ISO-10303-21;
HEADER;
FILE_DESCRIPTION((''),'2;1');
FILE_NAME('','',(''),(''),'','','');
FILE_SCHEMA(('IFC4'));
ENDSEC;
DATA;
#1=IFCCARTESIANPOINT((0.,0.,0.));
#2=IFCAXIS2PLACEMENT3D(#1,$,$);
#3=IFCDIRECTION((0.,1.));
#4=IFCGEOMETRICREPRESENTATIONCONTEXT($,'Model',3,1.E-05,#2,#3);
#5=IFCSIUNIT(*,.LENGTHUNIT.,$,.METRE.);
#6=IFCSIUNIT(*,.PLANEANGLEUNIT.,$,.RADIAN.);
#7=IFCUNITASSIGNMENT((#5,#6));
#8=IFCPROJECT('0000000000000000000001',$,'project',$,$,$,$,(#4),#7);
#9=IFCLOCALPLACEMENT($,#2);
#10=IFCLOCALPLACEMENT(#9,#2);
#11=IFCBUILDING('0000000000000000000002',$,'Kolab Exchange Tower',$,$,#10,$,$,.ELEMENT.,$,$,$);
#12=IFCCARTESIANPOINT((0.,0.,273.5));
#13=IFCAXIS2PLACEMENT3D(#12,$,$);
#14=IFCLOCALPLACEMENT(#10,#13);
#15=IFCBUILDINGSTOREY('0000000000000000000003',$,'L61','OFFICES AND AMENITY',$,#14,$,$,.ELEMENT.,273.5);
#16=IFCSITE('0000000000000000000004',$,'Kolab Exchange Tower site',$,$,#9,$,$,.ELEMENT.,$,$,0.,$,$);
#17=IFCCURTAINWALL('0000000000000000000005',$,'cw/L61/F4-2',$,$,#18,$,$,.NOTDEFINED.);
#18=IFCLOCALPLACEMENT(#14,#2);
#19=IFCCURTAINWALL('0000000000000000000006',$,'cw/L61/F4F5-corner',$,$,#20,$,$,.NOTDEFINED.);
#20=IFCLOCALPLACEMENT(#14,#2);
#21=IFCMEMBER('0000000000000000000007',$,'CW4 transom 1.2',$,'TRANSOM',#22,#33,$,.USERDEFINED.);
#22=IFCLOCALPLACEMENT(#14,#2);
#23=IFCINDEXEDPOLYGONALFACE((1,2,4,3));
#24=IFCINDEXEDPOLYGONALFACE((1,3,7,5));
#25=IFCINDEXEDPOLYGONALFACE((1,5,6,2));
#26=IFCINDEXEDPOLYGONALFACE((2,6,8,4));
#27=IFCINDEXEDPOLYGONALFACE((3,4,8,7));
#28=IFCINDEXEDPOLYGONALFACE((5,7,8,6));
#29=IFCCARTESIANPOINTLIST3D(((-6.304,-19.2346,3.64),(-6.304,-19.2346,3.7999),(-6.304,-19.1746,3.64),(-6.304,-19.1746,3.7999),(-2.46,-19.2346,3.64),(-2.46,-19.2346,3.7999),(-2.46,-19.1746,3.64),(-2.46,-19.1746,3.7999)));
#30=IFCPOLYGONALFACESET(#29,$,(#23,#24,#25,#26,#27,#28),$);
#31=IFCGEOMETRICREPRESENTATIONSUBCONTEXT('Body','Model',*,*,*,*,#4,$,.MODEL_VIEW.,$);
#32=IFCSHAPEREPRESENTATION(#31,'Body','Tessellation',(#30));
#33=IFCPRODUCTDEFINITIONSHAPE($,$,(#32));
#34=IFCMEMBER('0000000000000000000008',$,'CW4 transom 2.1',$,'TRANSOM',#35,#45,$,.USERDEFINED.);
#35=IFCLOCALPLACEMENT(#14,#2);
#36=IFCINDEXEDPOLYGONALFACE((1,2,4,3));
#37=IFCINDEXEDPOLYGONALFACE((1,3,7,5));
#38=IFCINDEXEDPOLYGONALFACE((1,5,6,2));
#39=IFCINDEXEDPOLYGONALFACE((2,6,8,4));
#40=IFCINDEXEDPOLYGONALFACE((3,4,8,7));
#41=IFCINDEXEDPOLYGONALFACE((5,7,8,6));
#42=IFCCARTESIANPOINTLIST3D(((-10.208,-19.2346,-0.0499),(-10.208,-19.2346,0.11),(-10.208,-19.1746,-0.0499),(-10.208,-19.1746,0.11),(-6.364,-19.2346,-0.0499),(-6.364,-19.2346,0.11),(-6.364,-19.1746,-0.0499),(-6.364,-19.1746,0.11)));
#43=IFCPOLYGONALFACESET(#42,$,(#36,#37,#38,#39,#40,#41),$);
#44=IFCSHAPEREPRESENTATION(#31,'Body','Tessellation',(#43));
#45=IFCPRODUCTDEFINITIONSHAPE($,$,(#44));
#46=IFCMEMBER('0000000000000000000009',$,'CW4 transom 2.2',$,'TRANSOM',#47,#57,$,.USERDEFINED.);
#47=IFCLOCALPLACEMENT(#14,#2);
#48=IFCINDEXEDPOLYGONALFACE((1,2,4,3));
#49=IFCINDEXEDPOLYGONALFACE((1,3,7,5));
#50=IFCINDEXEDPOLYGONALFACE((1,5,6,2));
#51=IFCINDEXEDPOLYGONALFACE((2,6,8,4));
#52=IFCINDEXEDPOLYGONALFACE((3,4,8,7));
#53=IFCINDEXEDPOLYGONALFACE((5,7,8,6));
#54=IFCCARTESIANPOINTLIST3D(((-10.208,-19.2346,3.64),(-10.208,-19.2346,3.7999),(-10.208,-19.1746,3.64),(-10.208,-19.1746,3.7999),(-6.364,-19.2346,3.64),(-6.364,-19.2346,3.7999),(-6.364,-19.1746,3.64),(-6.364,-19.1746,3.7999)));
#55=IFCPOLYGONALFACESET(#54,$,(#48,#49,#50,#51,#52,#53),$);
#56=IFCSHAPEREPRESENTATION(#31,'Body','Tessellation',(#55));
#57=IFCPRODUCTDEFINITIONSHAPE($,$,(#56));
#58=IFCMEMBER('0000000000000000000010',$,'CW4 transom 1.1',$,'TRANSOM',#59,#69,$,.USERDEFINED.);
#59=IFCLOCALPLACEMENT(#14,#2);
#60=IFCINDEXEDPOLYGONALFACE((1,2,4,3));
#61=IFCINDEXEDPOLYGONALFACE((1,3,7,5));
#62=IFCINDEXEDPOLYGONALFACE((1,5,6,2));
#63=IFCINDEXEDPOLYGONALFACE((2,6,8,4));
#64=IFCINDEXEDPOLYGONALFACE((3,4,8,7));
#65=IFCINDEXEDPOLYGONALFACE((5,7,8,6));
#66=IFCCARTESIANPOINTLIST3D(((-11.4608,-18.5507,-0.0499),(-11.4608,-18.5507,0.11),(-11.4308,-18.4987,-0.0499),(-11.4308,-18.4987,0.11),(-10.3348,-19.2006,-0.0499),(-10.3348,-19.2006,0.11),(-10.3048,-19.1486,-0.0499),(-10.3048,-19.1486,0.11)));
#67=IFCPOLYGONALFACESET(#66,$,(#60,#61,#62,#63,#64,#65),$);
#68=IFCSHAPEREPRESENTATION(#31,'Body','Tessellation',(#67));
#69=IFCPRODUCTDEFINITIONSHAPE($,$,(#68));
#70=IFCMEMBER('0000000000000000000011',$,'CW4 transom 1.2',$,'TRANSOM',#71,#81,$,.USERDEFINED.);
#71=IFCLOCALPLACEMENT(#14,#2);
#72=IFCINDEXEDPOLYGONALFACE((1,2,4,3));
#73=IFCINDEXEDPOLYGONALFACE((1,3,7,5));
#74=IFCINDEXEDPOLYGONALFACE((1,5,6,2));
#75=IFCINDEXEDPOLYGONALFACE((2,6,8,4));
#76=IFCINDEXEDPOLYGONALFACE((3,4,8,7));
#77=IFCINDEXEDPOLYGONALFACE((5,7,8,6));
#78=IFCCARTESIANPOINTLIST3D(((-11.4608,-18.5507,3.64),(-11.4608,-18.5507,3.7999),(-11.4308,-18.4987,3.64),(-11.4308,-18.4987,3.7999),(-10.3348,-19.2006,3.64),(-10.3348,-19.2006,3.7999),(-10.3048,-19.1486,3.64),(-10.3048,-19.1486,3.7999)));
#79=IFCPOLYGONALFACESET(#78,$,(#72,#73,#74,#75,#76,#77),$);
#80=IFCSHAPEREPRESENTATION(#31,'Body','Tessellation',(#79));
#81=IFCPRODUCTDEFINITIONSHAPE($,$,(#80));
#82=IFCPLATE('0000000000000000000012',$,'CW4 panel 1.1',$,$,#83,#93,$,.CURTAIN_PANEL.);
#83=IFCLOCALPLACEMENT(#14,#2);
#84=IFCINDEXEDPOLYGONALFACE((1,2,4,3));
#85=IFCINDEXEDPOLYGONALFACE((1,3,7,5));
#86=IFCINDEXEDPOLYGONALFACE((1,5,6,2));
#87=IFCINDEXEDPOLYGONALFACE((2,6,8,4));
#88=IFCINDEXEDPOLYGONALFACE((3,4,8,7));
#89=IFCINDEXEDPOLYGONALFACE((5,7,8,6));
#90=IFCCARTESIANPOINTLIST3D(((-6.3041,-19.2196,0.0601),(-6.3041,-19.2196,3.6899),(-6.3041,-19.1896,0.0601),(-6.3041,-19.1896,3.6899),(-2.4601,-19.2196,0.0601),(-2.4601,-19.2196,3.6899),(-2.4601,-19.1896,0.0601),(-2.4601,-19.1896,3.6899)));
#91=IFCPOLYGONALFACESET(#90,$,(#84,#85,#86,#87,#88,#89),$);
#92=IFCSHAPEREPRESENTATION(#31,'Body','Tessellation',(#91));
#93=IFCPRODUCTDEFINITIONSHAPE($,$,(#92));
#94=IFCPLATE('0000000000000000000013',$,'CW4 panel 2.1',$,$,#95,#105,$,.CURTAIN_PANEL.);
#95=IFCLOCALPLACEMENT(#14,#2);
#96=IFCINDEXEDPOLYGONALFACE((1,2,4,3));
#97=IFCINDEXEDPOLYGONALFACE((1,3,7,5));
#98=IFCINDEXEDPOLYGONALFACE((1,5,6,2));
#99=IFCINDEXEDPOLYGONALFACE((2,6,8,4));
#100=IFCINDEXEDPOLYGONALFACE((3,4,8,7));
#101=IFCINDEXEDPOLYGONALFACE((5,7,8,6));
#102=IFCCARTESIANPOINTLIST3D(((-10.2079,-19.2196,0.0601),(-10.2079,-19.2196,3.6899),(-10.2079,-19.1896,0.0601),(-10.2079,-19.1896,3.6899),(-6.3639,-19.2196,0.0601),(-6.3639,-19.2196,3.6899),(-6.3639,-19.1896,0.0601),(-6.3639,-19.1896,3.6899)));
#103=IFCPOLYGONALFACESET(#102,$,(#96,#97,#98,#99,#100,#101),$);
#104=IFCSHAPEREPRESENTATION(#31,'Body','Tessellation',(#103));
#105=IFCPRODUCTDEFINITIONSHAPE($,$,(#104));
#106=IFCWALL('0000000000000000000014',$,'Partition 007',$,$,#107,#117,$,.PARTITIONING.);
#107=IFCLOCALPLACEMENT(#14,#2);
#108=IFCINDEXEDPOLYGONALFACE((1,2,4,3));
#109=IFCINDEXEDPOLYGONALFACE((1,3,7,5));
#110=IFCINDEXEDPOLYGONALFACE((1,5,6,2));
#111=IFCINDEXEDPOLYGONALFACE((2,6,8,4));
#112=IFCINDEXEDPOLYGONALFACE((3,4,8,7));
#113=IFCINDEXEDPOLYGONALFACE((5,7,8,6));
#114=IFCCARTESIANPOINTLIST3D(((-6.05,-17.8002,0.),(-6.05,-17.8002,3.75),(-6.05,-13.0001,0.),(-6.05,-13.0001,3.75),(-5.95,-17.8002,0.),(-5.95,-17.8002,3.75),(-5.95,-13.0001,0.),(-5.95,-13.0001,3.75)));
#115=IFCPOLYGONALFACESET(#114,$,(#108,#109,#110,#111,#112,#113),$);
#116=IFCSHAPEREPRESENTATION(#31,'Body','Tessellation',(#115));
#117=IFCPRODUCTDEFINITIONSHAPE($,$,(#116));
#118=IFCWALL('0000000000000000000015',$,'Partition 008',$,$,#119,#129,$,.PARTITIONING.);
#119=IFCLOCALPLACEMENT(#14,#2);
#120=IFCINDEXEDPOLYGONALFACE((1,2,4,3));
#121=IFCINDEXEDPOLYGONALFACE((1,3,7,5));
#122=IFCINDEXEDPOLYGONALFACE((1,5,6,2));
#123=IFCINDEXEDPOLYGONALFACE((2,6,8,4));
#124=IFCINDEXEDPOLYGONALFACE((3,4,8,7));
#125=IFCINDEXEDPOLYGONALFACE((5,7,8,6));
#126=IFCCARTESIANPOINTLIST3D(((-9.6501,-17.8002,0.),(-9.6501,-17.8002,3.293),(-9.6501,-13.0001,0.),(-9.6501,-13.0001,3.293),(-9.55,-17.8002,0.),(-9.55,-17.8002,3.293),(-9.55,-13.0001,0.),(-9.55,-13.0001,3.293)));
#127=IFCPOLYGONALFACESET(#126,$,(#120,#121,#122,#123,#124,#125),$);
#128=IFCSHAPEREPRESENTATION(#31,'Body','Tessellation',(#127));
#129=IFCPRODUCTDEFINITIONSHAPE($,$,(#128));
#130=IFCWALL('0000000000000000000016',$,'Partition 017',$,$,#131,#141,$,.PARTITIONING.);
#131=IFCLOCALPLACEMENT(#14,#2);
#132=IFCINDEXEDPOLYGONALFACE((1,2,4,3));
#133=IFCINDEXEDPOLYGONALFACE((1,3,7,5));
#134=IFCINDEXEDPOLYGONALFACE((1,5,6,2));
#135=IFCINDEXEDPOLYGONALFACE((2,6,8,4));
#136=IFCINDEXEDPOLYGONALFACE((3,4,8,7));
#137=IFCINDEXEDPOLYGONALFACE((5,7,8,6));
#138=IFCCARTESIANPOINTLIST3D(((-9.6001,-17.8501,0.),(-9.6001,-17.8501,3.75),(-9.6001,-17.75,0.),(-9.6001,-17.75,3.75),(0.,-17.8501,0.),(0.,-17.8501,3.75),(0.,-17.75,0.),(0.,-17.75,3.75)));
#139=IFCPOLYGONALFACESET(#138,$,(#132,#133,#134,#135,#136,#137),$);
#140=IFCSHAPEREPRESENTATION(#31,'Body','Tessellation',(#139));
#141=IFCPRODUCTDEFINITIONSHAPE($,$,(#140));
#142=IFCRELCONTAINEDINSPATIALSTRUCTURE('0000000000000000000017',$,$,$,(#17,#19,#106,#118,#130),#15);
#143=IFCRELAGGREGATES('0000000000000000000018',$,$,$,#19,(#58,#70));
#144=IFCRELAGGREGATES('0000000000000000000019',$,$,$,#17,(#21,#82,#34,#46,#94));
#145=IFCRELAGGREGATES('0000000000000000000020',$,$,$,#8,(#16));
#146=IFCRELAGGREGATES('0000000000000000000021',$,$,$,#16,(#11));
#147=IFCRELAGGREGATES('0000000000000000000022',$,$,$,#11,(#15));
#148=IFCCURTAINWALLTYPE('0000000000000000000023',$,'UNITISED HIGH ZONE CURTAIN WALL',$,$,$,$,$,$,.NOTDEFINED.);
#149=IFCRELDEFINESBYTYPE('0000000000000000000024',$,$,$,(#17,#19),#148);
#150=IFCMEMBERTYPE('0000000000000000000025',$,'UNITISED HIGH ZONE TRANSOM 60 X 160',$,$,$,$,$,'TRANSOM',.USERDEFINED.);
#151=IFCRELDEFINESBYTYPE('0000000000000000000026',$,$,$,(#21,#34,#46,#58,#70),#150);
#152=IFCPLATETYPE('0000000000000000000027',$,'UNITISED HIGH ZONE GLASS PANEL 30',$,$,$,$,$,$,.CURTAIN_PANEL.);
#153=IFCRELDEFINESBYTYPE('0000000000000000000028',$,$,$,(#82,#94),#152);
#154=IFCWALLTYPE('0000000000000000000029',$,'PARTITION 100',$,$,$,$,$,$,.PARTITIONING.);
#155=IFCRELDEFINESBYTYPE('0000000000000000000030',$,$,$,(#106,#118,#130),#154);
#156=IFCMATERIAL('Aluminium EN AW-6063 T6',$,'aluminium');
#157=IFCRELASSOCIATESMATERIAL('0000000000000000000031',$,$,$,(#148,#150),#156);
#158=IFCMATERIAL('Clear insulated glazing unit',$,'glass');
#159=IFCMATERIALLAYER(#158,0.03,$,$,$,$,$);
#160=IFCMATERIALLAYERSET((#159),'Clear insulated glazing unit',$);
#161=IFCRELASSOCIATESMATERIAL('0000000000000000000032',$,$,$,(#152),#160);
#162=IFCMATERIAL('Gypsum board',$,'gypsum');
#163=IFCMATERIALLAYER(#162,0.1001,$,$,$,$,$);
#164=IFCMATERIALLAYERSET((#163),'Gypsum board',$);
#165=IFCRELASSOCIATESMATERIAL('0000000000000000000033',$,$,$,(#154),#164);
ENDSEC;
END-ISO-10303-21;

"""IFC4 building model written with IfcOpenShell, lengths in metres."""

from ifc_helpers import new_model, si_unit, direction, frame, frame_2d, origin, origin_2d, place, context, subcontext, project, spatial, rectangle, extrude, material, layer, layer_set, material_profile, profile_set, type_object, element, aggregate, save


model = new_model("IFC4")

# Units and contexts
model_context = context("Model", 3, precision=1e-05, world=origin(), true_north=direction((0.0, 1.0)))
body_context = subcontext(model_context, "Body", "Model", "MODEL_VIEW")
ifc_project = project(units=[si_unit("LENGTHUNIT", "METRE"), si_unit("PLANEANGLEUNIT", "RADIAN")], contexts=[model_context])

# Site, building, storey
site_placement = place(None, origin())
site = spatial("IfcSite", under=ifc_project, at=site_placement, Name="Kolab Exchange Tower site", CompositionType="ELEMENT", RefElevation=0.0)
building_placement = place(site_placement, origin())
building = spatial("IfcBuilding", under=site, at=building_placement, Name="Kolab Exchange Tower", CompositionType="ELEMENT")
storey_placement = place(building_placement, frame((0.0, 0.0, 273.5)))
storey = spatial("IfcBuildingStorey", under=building, at=storey_placement, Name="L61", Description="OFFICES AND AMENITY", CompositionType="ELEMENT", Elevation=273.5)

# Curtain wall
ifc_material_1 = material(Name="Aluminium EN AW-6063 T6", Category="aluminium")
curtain_wall_type = type_object("IfcCurtainWallType", Name="UNITISED HIGH ZONE CURTAIN WALL", PredefinedType="NOTDEFINED", material=ifc_material_1)
curtain_wall_1_placement = place(storey_placement, origin())
curtain_wall_1 = element("IfcCurtainWall", 1, at=curtain_wall_1_placement, inside=storey, type_object=curtain_wall_type, Name="cw/L61/F4-2", PredefinedType="NOTDEFINED")

# Curtain wall
curtain_wall_2_placement = place(storey_placement, origin())
curtain_wall_2 = element("IfcCurtainWall", 2, at=curtain_wall_2_placement, inside=storey, type_object=curtain_wall_type, Name="cw/L61/F4F5-corner", PredefinedType="NOTDEFINED")

# Members
ifc_material_profile_1 = material_profile(ifc_material_1, rectangle(XDim=0.0601, YDim=0.1599, at=origin_2d()), Name="RECT 60X160")
ifc_profile_set_1 = profile_set([ifc_material_profile_1], Name="Aluminium EN AW-6063 T6")
member_type_1 = type_object("IfcMemberType", Name="UNITISED HIGH ZONE TRANSOM 60 X 160", ElementType="TRANSOM", PredefinedType="USERDEFINED", material=ifc_profile_set_1)
member_1_placement = place(storey_placement, frame((-2.46, -19.2046, 3.72), z_axis=(-1.0, 0.0, 0.0), x_axis=(0.0, -1.0, 0.0)))
member_1 = element("IfcMember", 3, at=member_1_placement, type_object=member_type_1, Name="CW4 transom 1.2", ObjectType="TRANSOM", PredefinedType="USERDEFINED", context=body_context, shape_type="SweptSolid", body=[
    extrude(rectangle(XDim=0.0601, YDim=0.1599, at=origin_2d()), origin(), (0.0, 0.0, 1.0), 3.844),
])
member_2_placement = place(storey_placement, frame((-6.364, -19.2046, 0.03), z_axis=(-1.0, 0.0, 0.0), x_axis=(0.0, -1.0, 0.0)))
member_2 = element("IfcMember", 4, at=member_2_placement, type_object=member_type_1, Name="CW4 transom 2.1", ObjectType="TRANSOM", PredefinedType="USERDEFINED", context=body_context, shape_type="SweptSolid", body=[
    extrude(rectangle(XDim=0.0601, YDim=0.1599, at=origin_2d()), origin(), (0.0, 0.0, 1.0), 3.844),
])
member_3_placement = place(storey_placement, frame((-6.364, -19.2046, 3.72), z_axis=(-1.0, 0.0, 0.0), x_axis=(0.0, -1.0, 0.0)))
member_3 = element("IfcMember", 5, at=member_3_placement, type_object=member_type_1, Name="CW4 transom 2.2", ObjectType="TRANSOM", PredefinedType="USERDEFINED", context=body_context, shape_type="SweptSolid", body=[
    extrude(rectangle(XDim=0.0601, YDim=0.1599, at=origin_2d()), origin(), (0.0, 0.0, 1.0), 3.844),
])
member_4_placement = place(storey_placement, frame((-10.3198, -19.1746, 0.03), z_axis=(-0.866086, 0.499896, 0.0), x_axis=(-0.499896, -0.866086, 0.0)))
member_4 = element("IfcMember", 6, at=member_4_placement, type_object=member_type_1, Name="CW4 transom 1.1", ObjectType="TRANSOM", PredefinedType="USERDEFINED", context=body_context, shape_type="SweptSolid", body=[
    extrude(rectangle(XDim=0.0601, YDim=0.1599, at=origin_2d()), origin(), (0.0, 0.0, 1.0), 1.3),
])
member_5_placement = place(storey_placement, frame((-10.3198, -19.1746, 3.72), z_axis=(-0.866086, 0.499896, 0.0), x_axis=(-0.499896, -0.866086, 0.0)))
member_5 = element("IfcMember", 7, at=member_5_placement, type_object=member_type_1, Name="CW4 transom 1.2", ObjectType="TRANSOM", PredefinedType="USERDEFINED", context=body_context, shape_type="SweptSolid", body=[
    extrude(rectangle(XDim=0.0601, YDim=0.1599, at=origin_2d()), origin(), (0.0, 0.0, 1.0), 1.3),
])
aggregate(curtain_wall_2, [member_4, member_5])

# Plates
ifc_material_2 = material(Name="Clear insulated glazing unit", Category="glass")
ifc_layer_1 = layer(ifc_material_2, 0.03)
ifc_layer_set_1 = layer_set([ifc_layer_1], Name="Clear insulated glazing unit")
plate_type = type_object("IfcPlateType", Name="UNITISED HIGH ZONE GLASS PANEL 30", PredefinedType="CURTAIN_PANEL", material=ifc_layer_set_1)
plate_1_placement = place(storey_placement, frame((-4.3821, -19.2046, 0.0601), z_axis=(0.0, 0.0, 1.0), x_axis=(-1.0, 0.0, 0.0)))
plate_1 = element("IfcPlate", 8, at=plate_1_placement, type_object=plate_type, Name="CW4 panel 1.1", PredefinedType="CURTAIN_PANEL", context=body_context, shape_type="SweptSolid", body=[
    extrude(rectangle(XDim=3.844, YDim=0.03, at=origin_2d()), origin(), (0.0, 0.0, 1.0), 3.6299),
])
plate_2_placement = place(storey_placement, frame((-8.2859, -19.2046, 0.0601), z_axis=(0.0, 0.0, 1.0), x_axis=(-1.0, 0.0, 0.0)))
plate_2 = element("IfcPlate", 9, at=plate_2_placement, type_object=plate_type, Name="CW4 panel 2.1", PredefinedType="CURTAIN_PANEL", context=body_context, shape_type="SweptSolid", body=[
    extrude(rectangle(XDim=3.844, YDim=0.03, at=origin_2d()), origin(), (0.0, 0.0, 1.0), 3.6299),
])
aggregate(curtain_wall_1, [member_1, plate_1, member_2, member_3, plate_2])

# Walls
ifc_material_3 = material(Name="Gypsum board", Category="gypsum")
ifc_layer_2 = layer(ifc_material_3, 0.1001)
ifc_layer_set_2 = layer_set([ifc_layer_2], Name="Gypsum board")
wall_type = type_object("IfcWallType", Name="PARTITION 100", PredefinedType="PARTITIONING", material=ifc_layer_set_2)
wall_1_placement = place(storey_placement, frame((-6.0, -17.8, 0.0), z_axis=(0.0, 0.0, 1.0), x_axis=(0.0, 1.0, 0.0)))
element("IfcWall", 10, at=wall_1_placement, inside=storey, type_object=wall_type, Name="Partition 007", PredefinedType="PARTITIONING", context=body_context, shape_type="SweptSolid", body=[
    extrude(rectangle(XDim=4.8, YDim=0.1001, at=frame_2d((2.3999, 0.0))), origin(), (0.0, 0.0, 1.0), 3.75),
])
wall_2_placement = place(storey_placement, frame((-9.6001, -17.8, 0.0), z_axis=(0.0, 0.0, 1.0), x_axis=(0.0, 1.0, 0.0)))
element("IfcWall", 11, at=wall_2_placement, inside=storey, type_object=wall_type, Name="Partition 008", PredefinedType="PARTITIONING", context=body_context, shape_type="SweptSolid", body=[
    extrude(rectangle(XDim=4.8, YDim=0.1001, at=frame_2d((2.3999, 0.0))), origin(), (0.0, 0.0, 1.0), 3.293),
])
wall_3_placement = place(storey_placement, frame((-9.6001, -17.8, 0.0), z_axis=(0.0, 0.0, 1.0), x_axis=(1.0, 0.0, 0.0)))
element("IfcWall", 12, at=wall_3_placement, inside=storey, type_object=wall_type, Name="Partition 017", PredefinedType="PARTITIONING", context=body_context, shape_type="SweptSolid", body=[
    extrude(rectangle(XDim=9.6001, YDim=0.1001, at=frame_2d((4.8, 0.0))), origin(), (0.0, 0.0, 1.0), 3.75),
])

save(model, "model.ifc")
